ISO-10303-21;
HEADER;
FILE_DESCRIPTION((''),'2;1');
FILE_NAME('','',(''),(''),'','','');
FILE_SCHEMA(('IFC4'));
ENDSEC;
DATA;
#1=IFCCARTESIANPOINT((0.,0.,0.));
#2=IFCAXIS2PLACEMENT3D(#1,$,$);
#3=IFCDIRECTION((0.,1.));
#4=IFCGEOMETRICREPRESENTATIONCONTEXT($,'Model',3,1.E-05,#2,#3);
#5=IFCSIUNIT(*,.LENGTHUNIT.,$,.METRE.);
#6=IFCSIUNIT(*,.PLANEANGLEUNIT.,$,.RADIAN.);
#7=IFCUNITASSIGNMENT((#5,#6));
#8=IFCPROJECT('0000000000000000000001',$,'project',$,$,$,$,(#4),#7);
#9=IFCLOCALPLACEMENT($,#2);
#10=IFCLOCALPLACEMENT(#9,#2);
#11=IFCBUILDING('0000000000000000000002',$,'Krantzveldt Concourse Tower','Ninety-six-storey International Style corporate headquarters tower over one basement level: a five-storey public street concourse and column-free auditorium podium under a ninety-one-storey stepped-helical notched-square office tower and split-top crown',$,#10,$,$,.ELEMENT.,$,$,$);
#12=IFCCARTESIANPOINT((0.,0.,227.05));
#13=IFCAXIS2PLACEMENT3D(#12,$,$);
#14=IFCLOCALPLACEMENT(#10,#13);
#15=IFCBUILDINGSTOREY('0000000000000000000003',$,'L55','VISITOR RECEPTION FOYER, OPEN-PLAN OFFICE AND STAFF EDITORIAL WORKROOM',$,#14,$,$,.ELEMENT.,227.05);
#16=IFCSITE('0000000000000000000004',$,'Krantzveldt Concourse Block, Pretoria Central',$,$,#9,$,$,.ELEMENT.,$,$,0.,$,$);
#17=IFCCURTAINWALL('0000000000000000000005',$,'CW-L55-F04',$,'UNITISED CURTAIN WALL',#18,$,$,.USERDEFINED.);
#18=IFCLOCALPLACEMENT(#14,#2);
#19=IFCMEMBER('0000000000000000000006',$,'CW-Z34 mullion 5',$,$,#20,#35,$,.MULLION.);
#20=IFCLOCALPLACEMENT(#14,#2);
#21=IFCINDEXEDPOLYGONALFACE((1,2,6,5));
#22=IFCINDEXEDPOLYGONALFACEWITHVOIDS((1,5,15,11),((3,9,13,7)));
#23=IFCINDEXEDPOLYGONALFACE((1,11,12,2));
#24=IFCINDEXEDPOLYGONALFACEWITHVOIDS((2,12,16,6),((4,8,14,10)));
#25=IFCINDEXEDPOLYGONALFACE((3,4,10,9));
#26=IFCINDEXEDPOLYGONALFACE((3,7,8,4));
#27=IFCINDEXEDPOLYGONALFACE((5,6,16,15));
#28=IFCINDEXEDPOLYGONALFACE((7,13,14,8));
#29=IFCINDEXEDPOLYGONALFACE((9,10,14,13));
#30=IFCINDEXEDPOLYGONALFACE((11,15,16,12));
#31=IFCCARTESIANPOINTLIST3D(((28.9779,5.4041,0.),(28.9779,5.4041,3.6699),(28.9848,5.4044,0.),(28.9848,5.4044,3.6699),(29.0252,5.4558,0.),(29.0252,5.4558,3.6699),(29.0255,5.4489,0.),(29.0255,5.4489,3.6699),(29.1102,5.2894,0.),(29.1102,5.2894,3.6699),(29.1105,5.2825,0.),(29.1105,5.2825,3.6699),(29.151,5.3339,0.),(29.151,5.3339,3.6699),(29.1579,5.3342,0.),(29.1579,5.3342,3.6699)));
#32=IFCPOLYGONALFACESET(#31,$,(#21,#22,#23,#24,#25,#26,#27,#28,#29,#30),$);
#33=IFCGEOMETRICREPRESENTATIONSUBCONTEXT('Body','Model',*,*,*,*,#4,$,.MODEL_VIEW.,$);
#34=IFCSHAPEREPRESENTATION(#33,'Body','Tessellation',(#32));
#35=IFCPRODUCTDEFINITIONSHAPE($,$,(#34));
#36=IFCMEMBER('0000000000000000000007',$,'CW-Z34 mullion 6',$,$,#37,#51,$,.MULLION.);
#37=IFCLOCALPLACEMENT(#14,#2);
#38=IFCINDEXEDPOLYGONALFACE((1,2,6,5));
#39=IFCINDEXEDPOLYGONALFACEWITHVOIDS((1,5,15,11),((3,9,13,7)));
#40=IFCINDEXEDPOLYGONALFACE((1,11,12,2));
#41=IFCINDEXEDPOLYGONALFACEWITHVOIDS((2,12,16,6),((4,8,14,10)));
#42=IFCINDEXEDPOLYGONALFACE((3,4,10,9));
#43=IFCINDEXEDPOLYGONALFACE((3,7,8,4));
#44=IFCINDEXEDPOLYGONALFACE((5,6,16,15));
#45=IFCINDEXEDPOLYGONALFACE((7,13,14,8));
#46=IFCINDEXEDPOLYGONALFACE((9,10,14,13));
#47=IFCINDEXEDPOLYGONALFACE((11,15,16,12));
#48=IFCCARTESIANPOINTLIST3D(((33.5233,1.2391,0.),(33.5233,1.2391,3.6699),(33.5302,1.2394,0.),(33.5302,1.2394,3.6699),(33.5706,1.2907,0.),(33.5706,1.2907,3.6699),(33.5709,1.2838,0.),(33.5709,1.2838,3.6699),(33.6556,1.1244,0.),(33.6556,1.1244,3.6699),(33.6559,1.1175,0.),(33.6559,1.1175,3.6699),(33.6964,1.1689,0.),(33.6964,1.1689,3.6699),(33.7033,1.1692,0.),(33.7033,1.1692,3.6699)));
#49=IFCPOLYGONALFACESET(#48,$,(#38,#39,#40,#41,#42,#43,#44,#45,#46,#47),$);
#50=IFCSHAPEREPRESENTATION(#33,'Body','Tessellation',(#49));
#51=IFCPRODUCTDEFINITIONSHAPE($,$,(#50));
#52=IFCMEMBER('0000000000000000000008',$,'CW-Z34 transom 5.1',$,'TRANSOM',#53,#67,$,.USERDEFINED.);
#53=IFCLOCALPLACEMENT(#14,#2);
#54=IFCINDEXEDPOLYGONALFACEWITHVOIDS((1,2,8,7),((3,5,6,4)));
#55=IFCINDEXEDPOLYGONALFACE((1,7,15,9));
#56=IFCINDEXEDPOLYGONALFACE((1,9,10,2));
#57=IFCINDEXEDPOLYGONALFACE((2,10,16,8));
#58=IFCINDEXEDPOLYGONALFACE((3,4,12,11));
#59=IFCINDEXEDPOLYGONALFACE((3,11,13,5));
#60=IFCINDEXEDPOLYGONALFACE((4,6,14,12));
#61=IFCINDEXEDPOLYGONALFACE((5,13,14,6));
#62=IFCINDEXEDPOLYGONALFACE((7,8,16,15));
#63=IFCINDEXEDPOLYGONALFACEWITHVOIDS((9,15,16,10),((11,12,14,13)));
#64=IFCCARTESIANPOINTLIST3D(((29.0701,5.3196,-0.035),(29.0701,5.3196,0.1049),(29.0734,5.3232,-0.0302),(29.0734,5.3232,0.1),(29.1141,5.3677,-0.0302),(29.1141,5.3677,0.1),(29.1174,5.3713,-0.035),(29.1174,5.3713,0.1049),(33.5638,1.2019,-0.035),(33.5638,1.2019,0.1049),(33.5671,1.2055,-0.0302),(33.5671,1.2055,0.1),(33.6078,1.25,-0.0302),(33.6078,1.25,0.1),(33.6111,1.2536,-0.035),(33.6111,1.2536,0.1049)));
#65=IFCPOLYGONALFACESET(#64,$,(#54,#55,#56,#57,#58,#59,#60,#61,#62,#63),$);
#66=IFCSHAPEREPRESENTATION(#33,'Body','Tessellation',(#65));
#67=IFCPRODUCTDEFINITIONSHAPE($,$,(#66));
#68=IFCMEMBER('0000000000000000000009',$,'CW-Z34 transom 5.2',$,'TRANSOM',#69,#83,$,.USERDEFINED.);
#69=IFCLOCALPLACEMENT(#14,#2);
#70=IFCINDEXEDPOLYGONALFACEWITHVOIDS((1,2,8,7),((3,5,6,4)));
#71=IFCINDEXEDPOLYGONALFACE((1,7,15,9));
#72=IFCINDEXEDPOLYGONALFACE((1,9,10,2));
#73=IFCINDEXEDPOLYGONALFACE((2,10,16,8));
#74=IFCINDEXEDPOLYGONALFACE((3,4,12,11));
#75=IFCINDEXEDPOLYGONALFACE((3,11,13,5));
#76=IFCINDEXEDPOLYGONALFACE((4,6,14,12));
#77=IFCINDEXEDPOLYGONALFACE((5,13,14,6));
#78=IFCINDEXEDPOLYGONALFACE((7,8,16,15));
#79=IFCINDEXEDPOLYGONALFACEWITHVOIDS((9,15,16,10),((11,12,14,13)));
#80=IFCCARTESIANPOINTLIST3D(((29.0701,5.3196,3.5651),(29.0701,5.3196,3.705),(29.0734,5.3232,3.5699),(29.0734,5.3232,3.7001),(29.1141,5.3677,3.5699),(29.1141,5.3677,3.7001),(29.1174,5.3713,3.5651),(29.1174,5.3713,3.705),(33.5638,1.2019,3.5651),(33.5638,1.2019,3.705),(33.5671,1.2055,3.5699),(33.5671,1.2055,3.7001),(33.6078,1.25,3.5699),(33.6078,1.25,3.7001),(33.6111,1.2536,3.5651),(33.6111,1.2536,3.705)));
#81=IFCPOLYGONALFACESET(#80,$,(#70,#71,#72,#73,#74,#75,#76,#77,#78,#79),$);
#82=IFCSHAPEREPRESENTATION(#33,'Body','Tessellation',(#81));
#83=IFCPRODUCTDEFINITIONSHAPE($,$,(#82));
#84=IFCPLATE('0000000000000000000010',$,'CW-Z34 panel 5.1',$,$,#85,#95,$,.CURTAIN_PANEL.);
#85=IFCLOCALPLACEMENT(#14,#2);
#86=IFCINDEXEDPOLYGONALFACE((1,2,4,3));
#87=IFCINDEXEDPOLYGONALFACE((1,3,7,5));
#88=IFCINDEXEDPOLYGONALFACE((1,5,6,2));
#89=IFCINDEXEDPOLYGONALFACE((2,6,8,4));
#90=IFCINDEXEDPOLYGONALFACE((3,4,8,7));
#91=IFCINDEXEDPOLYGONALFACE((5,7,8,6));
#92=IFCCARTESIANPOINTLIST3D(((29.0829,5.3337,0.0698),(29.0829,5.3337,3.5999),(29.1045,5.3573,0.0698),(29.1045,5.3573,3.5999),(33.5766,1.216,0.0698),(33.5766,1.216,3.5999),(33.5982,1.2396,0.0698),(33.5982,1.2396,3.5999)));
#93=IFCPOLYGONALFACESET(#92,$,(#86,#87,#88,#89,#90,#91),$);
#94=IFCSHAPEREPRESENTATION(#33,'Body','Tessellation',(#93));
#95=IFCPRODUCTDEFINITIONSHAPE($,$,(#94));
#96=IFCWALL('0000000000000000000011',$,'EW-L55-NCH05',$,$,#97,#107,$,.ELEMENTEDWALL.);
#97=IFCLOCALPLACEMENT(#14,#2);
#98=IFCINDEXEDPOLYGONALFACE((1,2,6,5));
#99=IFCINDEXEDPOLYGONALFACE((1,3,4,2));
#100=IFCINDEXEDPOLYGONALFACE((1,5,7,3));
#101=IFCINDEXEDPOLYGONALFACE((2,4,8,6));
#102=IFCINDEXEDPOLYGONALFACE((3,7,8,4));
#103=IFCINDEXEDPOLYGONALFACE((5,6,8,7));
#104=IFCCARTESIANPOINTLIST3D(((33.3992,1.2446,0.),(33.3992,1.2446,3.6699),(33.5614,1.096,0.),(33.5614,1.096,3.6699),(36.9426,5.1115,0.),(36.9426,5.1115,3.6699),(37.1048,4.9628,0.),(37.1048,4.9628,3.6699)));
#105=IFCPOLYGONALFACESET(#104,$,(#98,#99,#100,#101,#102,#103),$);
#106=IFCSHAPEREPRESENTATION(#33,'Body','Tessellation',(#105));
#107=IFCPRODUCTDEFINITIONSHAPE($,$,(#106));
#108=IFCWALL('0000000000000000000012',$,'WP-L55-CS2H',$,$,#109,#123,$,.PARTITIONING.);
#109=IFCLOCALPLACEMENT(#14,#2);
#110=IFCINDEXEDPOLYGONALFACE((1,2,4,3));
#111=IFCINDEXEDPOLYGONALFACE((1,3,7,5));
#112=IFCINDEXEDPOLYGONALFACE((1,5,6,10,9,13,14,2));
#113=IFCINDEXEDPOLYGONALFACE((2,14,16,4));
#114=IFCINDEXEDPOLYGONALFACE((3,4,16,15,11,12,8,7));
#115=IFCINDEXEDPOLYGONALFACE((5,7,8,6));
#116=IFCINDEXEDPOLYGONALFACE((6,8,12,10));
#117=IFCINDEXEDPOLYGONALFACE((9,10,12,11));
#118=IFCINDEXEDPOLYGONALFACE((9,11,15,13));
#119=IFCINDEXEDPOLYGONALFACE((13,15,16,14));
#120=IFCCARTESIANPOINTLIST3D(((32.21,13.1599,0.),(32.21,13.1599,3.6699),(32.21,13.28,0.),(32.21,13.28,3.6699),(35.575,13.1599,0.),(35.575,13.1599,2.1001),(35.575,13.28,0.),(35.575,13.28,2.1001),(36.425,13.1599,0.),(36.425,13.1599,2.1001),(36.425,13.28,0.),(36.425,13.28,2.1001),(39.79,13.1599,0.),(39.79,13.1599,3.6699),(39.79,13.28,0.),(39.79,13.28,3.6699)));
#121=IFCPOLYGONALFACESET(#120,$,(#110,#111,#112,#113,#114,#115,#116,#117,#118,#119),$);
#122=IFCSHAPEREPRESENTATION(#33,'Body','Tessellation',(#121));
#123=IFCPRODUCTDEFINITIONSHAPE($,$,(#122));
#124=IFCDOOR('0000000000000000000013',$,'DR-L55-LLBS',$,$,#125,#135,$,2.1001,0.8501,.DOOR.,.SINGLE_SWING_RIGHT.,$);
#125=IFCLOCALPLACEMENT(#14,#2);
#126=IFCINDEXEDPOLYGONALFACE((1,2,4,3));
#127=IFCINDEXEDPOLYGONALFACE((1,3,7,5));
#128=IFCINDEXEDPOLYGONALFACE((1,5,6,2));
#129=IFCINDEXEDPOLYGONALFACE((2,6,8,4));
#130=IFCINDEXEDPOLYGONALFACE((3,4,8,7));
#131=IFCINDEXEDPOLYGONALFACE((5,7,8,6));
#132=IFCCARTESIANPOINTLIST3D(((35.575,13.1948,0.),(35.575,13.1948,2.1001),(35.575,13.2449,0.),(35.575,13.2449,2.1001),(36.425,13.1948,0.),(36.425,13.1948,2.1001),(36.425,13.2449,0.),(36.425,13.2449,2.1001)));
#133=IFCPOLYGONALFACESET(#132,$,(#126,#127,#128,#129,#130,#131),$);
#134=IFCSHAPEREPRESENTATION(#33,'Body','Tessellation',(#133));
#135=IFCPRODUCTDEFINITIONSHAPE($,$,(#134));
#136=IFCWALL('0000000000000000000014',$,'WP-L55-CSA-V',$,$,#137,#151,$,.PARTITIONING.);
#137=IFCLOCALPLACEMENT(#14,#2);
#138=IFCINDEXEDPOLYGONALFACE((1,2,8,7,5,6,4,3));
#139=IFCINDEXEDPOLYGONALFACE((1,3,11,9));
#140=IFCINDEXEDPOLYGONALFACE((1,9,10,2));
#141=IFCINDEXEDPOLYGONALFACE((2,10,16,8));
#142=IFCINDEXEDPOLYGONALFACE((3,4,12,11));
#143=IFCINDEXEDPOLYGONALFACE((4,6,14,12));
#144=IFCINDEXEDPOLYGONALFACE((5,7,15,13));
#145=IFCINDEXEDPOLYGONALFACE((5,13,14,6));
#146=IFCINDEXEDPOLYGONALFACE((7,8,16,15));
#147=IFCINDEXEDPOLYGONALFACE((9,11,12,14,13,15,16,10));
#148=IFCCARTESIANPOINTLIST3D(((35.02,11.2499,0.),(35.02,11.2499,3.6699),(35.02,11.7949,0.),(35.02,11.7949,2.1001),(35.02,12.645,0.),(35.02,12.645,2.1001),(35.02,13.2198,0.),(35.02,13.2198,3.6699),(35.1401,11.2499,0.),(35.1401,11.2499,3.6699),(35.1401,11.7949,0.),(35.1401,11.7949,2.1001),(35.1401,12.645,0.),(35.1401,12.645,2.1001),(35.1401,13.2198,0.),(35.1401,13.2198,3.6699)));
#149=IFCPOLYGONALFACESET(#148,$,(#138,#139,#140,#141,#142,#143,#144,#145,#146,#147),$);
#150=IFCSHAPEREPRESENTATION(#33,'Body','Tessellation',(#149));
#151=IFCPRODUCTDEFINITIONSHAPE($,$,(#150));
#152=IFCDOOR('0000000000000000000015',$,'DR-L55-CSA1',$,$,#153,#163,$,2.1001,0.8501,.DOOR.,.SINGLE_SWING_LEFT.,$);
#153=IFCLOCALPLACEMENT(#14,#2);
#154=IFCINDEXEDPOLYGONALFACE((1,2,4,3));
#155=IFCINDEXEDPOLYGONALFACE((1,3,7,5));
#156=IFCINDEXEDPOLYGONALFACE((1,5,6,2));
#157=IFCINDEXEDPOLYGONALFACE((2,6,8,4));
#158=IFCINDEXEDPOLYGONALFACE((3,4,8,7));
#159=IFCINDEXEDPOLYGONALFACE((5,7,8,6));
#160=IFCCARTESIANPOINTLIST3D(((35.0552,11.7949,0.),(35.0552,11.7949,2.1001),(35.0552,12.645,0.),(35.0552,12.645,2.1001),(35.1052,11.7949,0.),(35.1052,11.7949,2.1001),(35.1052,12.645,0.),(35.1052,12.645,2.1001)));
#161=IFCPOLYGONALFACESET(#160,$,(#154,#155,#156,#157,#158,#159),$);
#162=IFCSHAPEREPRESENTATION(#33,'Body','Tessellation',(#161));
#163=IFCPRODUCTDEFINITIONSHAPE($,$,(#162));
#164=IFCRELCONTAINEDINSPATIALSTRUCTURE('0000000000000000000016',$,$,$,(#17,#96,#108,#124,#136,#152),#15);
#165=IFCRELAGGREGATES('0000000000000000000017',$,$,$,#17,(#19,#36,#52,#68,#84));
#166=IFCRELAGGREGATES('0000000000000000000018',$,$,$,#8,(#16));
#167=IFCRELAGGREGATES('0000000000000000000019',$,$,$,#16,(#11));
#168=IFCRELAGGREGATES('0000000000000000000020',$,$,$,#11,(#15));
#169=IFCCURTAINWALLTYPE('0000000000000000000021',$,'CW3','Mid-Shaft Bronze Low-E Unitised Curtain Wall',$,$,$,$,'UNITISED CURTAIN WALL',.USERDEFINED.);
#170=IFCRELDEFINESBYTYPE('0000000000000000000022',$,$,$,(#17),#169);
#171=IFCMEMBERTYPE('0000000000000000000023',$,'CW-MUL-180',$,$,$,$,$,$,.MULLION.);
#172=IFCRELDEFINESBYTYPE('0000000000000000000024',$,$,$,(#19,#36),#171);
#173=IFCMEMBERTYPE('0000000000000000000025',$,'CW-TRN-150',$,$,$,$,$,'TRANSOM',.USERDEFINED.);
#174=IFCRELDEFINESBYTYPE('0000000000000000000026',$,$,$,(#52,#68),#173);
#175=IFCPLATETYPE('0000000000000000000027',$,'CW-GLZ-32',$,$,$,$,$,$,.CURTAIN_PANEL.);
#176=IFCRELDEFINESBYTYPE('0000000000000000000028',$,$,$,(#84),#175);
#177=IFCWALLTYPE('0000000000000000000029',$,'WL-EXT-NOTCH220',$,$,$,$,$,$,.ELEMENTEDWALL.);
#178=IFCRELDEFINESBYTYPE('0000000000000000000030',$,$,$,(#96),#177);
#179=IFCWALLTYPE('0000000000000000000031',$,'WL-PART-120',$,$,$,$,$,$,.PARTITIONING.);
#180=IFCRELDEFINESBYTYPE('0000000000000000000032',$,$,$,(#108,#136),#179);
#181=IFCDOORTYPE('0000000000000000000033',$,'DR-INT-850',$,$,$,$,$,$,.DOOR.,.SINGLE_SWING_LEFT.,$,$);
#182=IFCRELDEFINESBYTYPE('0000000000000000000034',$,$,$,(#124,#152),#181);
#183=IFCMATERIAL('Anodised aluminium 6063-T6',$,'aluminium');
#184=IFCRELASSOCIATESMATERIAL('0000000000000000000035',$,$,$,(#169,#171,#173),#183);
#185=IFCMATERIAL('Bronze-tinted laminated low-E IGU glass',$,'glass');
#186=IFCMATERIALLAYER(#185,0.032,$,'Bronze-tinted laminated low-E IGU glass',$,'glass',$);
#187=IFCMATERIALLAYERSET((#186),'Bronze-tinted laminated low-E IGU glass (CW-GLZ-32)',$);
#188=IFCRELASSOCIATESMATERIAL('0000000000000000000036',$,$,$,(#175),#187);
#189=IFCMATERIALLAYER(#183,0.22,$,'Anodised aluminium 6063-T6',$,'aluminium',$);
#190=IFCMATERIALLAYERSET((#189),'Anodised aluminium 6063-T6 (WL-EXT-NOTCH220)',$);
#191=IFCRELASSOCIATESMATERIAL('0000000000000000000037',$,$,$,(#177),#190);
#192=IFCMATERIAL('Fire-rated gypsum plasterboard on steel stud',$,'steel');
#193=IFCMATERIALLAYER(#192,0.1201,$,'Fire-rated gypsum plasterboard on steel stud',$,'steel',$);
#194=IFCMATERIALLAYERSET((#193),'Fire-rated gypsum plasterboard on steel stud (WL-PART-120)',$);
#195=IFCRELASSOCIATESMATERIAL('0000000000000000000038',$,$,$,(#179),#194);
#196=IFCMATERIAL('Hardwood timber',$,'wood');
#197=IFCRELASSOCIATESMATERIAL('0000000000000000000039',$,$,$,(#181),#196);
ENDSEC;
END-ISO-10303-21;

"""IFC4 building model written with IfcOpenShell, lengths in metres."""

from ifc_helpers import new_model, si_unit, direction, frame, frame_2d, origin, origin_2d, place, context, subcontext, project, spatial, rectangle, hollow_rectangle, extrude, source, transform, mapped, material, layer, layer_set, material_profile, profile_set, type_object, type_shapes, element, fill, aggregate, save


model = new_model("IFC4")

# Units and contexts
model_context = context("Model", 3, precision=1e-05, world=origin(), true_north=direction((0.0, 1.0)))
body_context = subcontext(model_context, "Body", "Model", "MODEL_VIEW")
ifc_project = project(units=[si_unit("LENGTHUNIT", "METRE"), si_unit("PLANEANGLEUNIT", "RADIAN")], contexts=[model_context])

# Site, building, storey
site_placement = place(None, origin())
site = spatial("IfcSite", under=ifc_project, at=site_placement, Name="Krantzveldt Concourse Block, Pretoria Central", CompositionType="ELEMENT", RefElevation=0.0)
building_placement = place(site_placement, origin())
building = spatial("IfcBuilding", under=site, at=building_placement, Name="Krantzveldt Concourse Tower", Description="Ninety-six-storey International Style corporate headquarters tower over one basement level: a five-storey public street concourse and column-free auditorium podium under a ninety-one-storey stepped-helical notched-square office tower and split-top crown", CompositionType="ELEMENT")
storey_placement = place(building_placement, frame((0.0, 0.0, 227.05)))
storey = spatial("IfcBuildingStorey", under=building, at=storey_placement, Name="L55", Description="VISITOR RECEPTION FOYER, OPEN-PLAN OFFICE AND STAFF EDITORIAL WORKROOM", CompositionType="ELEMENT", Elevation=227.05)

# Curtain wall, members, plate
ifc_material_1 = material(Name="Anodised aluminium 6063-T6", Category="aluminium")
curtain_wall_type = type_object("IfcCurtainWallType", Name="CW3", Description="Mid-Shaft Bronze Low-E Unitised Curtain Wall", ElementType="UNITISED CURTAIN WALL", PredefinedType="USERDEFINED", material=ifc_material_1)
curtain_wall_placement = place(storey_placement, origin())
curtain_wall = element("IfcCurtainWall", 1, at=curtain_wall_placement, inside=storey, type_object=curtain_wall_type, Name="CW-L55-F04", ObjectType="UNITISED CURTAIN WALL", PredefinedType="USERDEFINED")
ifc_material_profile_1 = material_profile(ifc_material_1, hollow_rectangle(XDim=0.0701, YDim=0.1799, WallThickness=0.0049, at=origin_2d()), Name="Anodised aluminium 6063-T6", Category="aluminium")
ifc_profile_set_1 = profile_set([ifc_material_profile_1], Name="Anodised aluminium 6063-T6 - ALU-MULL 180x70x5")
member_type_1 = type_object("IfcMemberType", Name="CW-MUL-180", PredefinedType="MULLION", material=ifc_profile_set_1)
shared_shape_1 = source(origin(), body_context, "Body", "SweptSolid", [
    extrude(hollow_rectangle(XDim=0.0701, YDim=0.1799, WallThickness=0.0049, at=origin_2d()), origin(), (0.0, 0.0, 1.0), 3.6699),
])
type_shapes(member_type_1, [shared_shape_1])
member_1_placement = place(storey_placement, frame((29.0679, 5.3691, 0.0), z_axis=(0.0, 0.0, 1.0), x_axis=(0.67559, 0.737277, 0.0)))
member_1 = element("IfcMember", 2, at=member_1_placement, type_object=member_type_1, Name="CW-Z34 mullion 5", PredefinedType="MULLION", context=body_context, shape_type="MappedRepresentation", body=[
    mapped(shared_shape_1, transform((0.0, 0.0, 0.0), x_axis=(1.0, 0.0, 0.0), y_axis=(0.0, 1.0, 0.0), z_axis=(0.0, 0.0, 1.0), scale=1.0)),
])
member_2_placement = place(storey_placement, frame((33.6133, 1.2041, 0.0), z_axis=(0.0, 0.0, 1.0), x_axis=(0.67559, 0.737277, 0.0)))
member_2 = element("IfcMember", 3, at=member_2_placement, type_object=member_type_1, Name="CW-Z34 mullion 6", PredefinedType="MULLION", context=body_context, shape_type="MappedRepresentation", body=[
    mapped(shared_shape_1, transform((0.0, 0.0, 0.0), x_axis=(1.0, 0.0, 0.0), y_axis=(0.0, 1.0, 0.0), z_axis=(0.0, 0.0, 1.0), scale=1.0)),
])
ifc_material_profile_2 = material_profile(ifc_material_1, hollow_rectangle(XDim=0.0701, YDim=0.1399, WallThickness=0.0049, at=origin_2d()), Name="Anodised aluminium 6063-T6", Category="aluminium")
ifc_profile_set_2 = profile_set([ifc_material_profile_2], Name="Anodised aluminium 6063-T6 - ALU-TRAN 140x70x5")
member_type_2 = type_object("IfcMemberType", Name="CW-TRN-150", ElementType="TRANSOM", PredefinedType="USERDEFINED", material=ifc_profile_set_2)
shared_shape_2 = source(origin(), body_context, "Body", "SweptSolid", [
    extrude(hollow_rectangle(XDim=0.0701, YDim=0.1399, WallThickness=0.0049, at=origin_2d()), origin(), (0.0, 0.0, 1.0), 6.095),
])
type_shapes(member_type_2, [shared_shape_2])
member_3_placement = place(storey_placement, frame((29.0938, 5.3455, 0.0349), z_axis=(0.737277, -0.67559, 0.0), x_axis=(0.67559, 0.737277, 0.0)))
member_3 = element("IfcMember", 4, at=member_3_placement, type_object=member_type_2, Name="CW-Z34 transom 5.1", ObjectType="TRANSOM", PredefinedType="USERDEFINED", context=body_context, shape_type="MappedRepresentation", body=[
    mapped(shared_shape_2, transform((0.0, 0.0, 0.0), x_axis=(1.0, 0.0, 0.0), y_axis=(0.0, 1.0, 0.0), z_axis=(0.0, 0.0, 1.0), scale=1.0)),
])
member_4_placement = place(storey_placement, frame((29.0938, 5.3455, 3.635), z_axis=(0.737277, -0.67559, 0.0), x_axis=(0.67559, 0.737277, 0.0)))
member_4 = element("IfcMember", 5, at=member_4_placement, type_object=member_type_2, Name="CW-Z34 transom 5.2", ObjectType="TRANSOM", PredefinedType="USERDEFINED", context=body_context, shape_type="MappedRepresentation", body=[
    mapped(shared_shape_2, transform((0.0, 0.0, 0.0), x_axis=(1.0, 0.0, 0.0), y_axis=(0.0, 1.0, 0.0), z_axis=(0.0, 0.0, 1.0), scale=1.0)),
])
ifc_material_2 = material(Name="Bronze-tinted laminated low-E IGU glass", Category="glass")
ifc_layer_1 = layer(ifc_material_2, 0.032, Name="Bronze-tinted laminated low-E IGU glass", Category="glass")
ifc_layer_set_1 = layer_set([ifc_layer_1], Name="Bronze-tinted laminated low-E IGU glass (CW-GLZ-32)")
plate_type = type_object("IfcPlateType", Name="CW-GLZ-32", PredefinedType="CURTAIN_PANEL", material=ifc_layer_set_1)
shared_shape_3 = source(origin(), body_context, "Body", "SweptSolid", [
    extrude(rectangle(XDim=6.095, YDim=0.032, at=origin_2d()), origin(), (0.0, 0.0, 1.0), 3.53),
])
type_shapes(plate_type, [shared_shape_3])
plate_placement = place(storey_placement, frame((31.3406, 3.2866, 0.0698), z_axis=(0.0, 0.0, 1.0), x_axis=(0.737277, -0.67559, 0.0)))
plate = element("IfcPlate", 6, at=plate_placement, type_object=plate_type, Name="CW-Z34 panel 5.1", PredefinedType="CURTAIN_PANEL", context=body_context, shape_type="MappedRepresentation", body=[
    mapped(shared_shape_3, transform((0.0, 0.0, 0.0), x_axis=(1.0, 0.0, 0.0), y_axis=(0.0, 1.0, 0.0), z_axis=(0.0, 0.0, 1.0), scale=1.0)),
])
aggregate(curtain_wall, [member_1, member_2, member_3, member_4, plate])

# Wall
ifc_layer_2 = layer(ifc_material_1, 0.22, Name="Anodised aluminium 6063-T6", Category="aluminium")
ifc_layer_set_2 = layer_set([ifc_layer_2], Name="Anodised aluminium 6063-T6 (WL-EXT-NOTCH220)")
wall_type_1 = type_object("IfcWallType", Name="WL-EXT-NOTCH220", PredefinedType="ELEMENTEDWALL", material=ifc_layer_set_2)
wall_1_placement = place(storey_placement, frame((33.4802, 1.1702, 0.0), z_axis=(0.0, 0.0, 1.0), x_axis=(0.675596, 0.737272, 0.0)))
element("IfcWall", 7, at=wall_1_placement, inside=storey, type_object=wall_type_1, Name="EW-L55-NCH05", PredefinedType="ELEMENTEDWALL", context=body_context, shape_type="SweptSolid", body=[
    extrude(rectangle(XDim=5.2449, YDim=0.22, at=frame_2d((2.6226, 0.0))), origin(), (0.0, 0.0, 1.0), 3.6699),
])

# Walls, openings, doors
ifc_material_3 = material(Name="Fire-rated gypsum plasterboard on steel stud", Category="steel")
ifc_layer_3 = layer(ifc_material_3, 0.1201, Name="Fire-rated gypsum plasterboard on steel stud", Category="steel")
ifc_layer_set_3 = layer_set([ifc_layer_3], Name="Fire-rated gypsum plasterboard on steel stud (WL-PART-120)")
wall_type_2 = type_object("IfcWallType", Name="WL-PART-120", PredefinedType="PARTITIONING", material=ifc_layer_set_3)
wall_2_placement = place(storey_placement, frame((32.21, 13.22, 0.0), z_axis=(0.0, 0.0, 1.0), x_axis=(1.0, 0.0, 0.0)))
wall_2 = element("IfcWall", 8, at=wall_2_placement, inside=storey, type_object=wall_type_2, Name="WP-L55-CS2H", PredefinedType="PARTITIONING", context=body_context, shape_type="SweptSolid", body=[
    extrude(rectangle(XDim=7.5801, YDim=0.1201, at=frame_2d((3.79, 0.0))), origin(), (0.0, 0.0, 1.0), 3.6699),
])
opening_1_placement = place(wall_2_placement, frame((3.365, 0.0, 0.0)))
opening_1 = element("IfcOpeningElement", 9, at=opening_1_placement, cuts=wall_2, PredefinedType="OPENING", context=body_context, shape_type="SweptSolid", body=[
    extrude(rectangle(XDim=0.8501, YDim=2.1001, at=frame_2d((0.425, 1.05))), frame((0.0, 0.0701, 0.0), z_axis=(0.0, -1.0, 0.0), x_axis=(1.0, 0.0, 0.0)), (0.0, 0.0, 1.0), 0.1401),
])
ifc_material_4 = material(Name="Hardwood timber", Category="wood")
door_type_1 = type_object("IfcDoorType", Name="DR-INT-850", OperationType="SINGLE_SWING_LEFT", PredefinedType="DOOR", material=ifc_material_4)
door_1_placement = place(opening_1_placement, origin())
door_1 = element("IfcDoor", 10, at=door_1_placement, inside=storey, type_object=door_type_1, Name="DR-L55-LLBS", OperationType="SINGLE_SWING_RIGHT", OverallHeight=2.1001, OverallWidth=0.8501, PredefinedType="DOOR", context=body_context, shape_type="SweptSolid", body=[
    extrude(rectangle(XDim=0.8501, YDim=2.1001, at=frame_2d((0.425, 1.05))), frame((0.0, 0.0249, 0.0), z_axis=(0.0, -1.0, 0.0), x_axis=(1.0, 0.0, 0.0)), (0.0, 0.0, 1.0), 0.05),
])
fill(opening_1, door_1)
wall_3_placement = place(storey_placement, frame((35.0801, 11.25, 0.0), z_axis=(0.0, 0.0, 1.0), x_axis=(0.0, 1.0, 0.0)))
wall_3 = element("IfcWall", 11, at=wall_3_placement, inside=storey, type_object=wall_type_2, Name="WP-L55-CSA-V", PredefinedType="PARTITIONING", context=body_context, shape_type="SweptSolid", body=[
    extrude(rectangle(XDim=1.97, YDim=0.1201, at=frame_2d((0.9849, 0.0))), origin(), (0.0, 0.0, 1.0), 3.6699),
])
opening_2_placement = place(wall_3_placement, frame((0.5449, 0.0, 0.0)))
opening_2 = element("IfcOpeningElement", 12, at=opening_2_placement, cuts=wall_3, PredefinedType="OPENING", context=body_context, shape_type="SweptSolid", body=[
    extrude(rectangle(XDim=0.8501, YDim=2.1001, at=frame_2d((0.425, 1.05))), frame((0.0, 0.0701, 0.0), z_axis=(0.0, -1.0, 0.0), x_axis=(1.0, 0.0, 0.0)), (0.0, 0.0, 1.0), 0.1401),
])
door_2_placement = place(opening_2_placement, origin())
door_2 = element("IfcDoor", 13, at=door_2_placement, inside=storey, type_object=door_type_1, Name="DR-L55-CSA1", OperationType="SINGLE_SWING_LEFT", OverallHeight=2.1001, OverallWidth=0.8501, PredefinedType="DOOR", context=body_context, shape_type="SweptSolid", body=[
    extrude(rectangle(XDim=0.8501, YDim=2.1001, at=frame_2d((0.425, 1.05))), frame((0.0, 0.0249, 0.0), z_axis=(0.0, -1.0, 0.0), x_axis=(1.0, 0.0, 0.0)), (0.0, 0.0, 1.0), 0.05),
])
fill(opening_2, door_2)

save(model, "model.ifc")
